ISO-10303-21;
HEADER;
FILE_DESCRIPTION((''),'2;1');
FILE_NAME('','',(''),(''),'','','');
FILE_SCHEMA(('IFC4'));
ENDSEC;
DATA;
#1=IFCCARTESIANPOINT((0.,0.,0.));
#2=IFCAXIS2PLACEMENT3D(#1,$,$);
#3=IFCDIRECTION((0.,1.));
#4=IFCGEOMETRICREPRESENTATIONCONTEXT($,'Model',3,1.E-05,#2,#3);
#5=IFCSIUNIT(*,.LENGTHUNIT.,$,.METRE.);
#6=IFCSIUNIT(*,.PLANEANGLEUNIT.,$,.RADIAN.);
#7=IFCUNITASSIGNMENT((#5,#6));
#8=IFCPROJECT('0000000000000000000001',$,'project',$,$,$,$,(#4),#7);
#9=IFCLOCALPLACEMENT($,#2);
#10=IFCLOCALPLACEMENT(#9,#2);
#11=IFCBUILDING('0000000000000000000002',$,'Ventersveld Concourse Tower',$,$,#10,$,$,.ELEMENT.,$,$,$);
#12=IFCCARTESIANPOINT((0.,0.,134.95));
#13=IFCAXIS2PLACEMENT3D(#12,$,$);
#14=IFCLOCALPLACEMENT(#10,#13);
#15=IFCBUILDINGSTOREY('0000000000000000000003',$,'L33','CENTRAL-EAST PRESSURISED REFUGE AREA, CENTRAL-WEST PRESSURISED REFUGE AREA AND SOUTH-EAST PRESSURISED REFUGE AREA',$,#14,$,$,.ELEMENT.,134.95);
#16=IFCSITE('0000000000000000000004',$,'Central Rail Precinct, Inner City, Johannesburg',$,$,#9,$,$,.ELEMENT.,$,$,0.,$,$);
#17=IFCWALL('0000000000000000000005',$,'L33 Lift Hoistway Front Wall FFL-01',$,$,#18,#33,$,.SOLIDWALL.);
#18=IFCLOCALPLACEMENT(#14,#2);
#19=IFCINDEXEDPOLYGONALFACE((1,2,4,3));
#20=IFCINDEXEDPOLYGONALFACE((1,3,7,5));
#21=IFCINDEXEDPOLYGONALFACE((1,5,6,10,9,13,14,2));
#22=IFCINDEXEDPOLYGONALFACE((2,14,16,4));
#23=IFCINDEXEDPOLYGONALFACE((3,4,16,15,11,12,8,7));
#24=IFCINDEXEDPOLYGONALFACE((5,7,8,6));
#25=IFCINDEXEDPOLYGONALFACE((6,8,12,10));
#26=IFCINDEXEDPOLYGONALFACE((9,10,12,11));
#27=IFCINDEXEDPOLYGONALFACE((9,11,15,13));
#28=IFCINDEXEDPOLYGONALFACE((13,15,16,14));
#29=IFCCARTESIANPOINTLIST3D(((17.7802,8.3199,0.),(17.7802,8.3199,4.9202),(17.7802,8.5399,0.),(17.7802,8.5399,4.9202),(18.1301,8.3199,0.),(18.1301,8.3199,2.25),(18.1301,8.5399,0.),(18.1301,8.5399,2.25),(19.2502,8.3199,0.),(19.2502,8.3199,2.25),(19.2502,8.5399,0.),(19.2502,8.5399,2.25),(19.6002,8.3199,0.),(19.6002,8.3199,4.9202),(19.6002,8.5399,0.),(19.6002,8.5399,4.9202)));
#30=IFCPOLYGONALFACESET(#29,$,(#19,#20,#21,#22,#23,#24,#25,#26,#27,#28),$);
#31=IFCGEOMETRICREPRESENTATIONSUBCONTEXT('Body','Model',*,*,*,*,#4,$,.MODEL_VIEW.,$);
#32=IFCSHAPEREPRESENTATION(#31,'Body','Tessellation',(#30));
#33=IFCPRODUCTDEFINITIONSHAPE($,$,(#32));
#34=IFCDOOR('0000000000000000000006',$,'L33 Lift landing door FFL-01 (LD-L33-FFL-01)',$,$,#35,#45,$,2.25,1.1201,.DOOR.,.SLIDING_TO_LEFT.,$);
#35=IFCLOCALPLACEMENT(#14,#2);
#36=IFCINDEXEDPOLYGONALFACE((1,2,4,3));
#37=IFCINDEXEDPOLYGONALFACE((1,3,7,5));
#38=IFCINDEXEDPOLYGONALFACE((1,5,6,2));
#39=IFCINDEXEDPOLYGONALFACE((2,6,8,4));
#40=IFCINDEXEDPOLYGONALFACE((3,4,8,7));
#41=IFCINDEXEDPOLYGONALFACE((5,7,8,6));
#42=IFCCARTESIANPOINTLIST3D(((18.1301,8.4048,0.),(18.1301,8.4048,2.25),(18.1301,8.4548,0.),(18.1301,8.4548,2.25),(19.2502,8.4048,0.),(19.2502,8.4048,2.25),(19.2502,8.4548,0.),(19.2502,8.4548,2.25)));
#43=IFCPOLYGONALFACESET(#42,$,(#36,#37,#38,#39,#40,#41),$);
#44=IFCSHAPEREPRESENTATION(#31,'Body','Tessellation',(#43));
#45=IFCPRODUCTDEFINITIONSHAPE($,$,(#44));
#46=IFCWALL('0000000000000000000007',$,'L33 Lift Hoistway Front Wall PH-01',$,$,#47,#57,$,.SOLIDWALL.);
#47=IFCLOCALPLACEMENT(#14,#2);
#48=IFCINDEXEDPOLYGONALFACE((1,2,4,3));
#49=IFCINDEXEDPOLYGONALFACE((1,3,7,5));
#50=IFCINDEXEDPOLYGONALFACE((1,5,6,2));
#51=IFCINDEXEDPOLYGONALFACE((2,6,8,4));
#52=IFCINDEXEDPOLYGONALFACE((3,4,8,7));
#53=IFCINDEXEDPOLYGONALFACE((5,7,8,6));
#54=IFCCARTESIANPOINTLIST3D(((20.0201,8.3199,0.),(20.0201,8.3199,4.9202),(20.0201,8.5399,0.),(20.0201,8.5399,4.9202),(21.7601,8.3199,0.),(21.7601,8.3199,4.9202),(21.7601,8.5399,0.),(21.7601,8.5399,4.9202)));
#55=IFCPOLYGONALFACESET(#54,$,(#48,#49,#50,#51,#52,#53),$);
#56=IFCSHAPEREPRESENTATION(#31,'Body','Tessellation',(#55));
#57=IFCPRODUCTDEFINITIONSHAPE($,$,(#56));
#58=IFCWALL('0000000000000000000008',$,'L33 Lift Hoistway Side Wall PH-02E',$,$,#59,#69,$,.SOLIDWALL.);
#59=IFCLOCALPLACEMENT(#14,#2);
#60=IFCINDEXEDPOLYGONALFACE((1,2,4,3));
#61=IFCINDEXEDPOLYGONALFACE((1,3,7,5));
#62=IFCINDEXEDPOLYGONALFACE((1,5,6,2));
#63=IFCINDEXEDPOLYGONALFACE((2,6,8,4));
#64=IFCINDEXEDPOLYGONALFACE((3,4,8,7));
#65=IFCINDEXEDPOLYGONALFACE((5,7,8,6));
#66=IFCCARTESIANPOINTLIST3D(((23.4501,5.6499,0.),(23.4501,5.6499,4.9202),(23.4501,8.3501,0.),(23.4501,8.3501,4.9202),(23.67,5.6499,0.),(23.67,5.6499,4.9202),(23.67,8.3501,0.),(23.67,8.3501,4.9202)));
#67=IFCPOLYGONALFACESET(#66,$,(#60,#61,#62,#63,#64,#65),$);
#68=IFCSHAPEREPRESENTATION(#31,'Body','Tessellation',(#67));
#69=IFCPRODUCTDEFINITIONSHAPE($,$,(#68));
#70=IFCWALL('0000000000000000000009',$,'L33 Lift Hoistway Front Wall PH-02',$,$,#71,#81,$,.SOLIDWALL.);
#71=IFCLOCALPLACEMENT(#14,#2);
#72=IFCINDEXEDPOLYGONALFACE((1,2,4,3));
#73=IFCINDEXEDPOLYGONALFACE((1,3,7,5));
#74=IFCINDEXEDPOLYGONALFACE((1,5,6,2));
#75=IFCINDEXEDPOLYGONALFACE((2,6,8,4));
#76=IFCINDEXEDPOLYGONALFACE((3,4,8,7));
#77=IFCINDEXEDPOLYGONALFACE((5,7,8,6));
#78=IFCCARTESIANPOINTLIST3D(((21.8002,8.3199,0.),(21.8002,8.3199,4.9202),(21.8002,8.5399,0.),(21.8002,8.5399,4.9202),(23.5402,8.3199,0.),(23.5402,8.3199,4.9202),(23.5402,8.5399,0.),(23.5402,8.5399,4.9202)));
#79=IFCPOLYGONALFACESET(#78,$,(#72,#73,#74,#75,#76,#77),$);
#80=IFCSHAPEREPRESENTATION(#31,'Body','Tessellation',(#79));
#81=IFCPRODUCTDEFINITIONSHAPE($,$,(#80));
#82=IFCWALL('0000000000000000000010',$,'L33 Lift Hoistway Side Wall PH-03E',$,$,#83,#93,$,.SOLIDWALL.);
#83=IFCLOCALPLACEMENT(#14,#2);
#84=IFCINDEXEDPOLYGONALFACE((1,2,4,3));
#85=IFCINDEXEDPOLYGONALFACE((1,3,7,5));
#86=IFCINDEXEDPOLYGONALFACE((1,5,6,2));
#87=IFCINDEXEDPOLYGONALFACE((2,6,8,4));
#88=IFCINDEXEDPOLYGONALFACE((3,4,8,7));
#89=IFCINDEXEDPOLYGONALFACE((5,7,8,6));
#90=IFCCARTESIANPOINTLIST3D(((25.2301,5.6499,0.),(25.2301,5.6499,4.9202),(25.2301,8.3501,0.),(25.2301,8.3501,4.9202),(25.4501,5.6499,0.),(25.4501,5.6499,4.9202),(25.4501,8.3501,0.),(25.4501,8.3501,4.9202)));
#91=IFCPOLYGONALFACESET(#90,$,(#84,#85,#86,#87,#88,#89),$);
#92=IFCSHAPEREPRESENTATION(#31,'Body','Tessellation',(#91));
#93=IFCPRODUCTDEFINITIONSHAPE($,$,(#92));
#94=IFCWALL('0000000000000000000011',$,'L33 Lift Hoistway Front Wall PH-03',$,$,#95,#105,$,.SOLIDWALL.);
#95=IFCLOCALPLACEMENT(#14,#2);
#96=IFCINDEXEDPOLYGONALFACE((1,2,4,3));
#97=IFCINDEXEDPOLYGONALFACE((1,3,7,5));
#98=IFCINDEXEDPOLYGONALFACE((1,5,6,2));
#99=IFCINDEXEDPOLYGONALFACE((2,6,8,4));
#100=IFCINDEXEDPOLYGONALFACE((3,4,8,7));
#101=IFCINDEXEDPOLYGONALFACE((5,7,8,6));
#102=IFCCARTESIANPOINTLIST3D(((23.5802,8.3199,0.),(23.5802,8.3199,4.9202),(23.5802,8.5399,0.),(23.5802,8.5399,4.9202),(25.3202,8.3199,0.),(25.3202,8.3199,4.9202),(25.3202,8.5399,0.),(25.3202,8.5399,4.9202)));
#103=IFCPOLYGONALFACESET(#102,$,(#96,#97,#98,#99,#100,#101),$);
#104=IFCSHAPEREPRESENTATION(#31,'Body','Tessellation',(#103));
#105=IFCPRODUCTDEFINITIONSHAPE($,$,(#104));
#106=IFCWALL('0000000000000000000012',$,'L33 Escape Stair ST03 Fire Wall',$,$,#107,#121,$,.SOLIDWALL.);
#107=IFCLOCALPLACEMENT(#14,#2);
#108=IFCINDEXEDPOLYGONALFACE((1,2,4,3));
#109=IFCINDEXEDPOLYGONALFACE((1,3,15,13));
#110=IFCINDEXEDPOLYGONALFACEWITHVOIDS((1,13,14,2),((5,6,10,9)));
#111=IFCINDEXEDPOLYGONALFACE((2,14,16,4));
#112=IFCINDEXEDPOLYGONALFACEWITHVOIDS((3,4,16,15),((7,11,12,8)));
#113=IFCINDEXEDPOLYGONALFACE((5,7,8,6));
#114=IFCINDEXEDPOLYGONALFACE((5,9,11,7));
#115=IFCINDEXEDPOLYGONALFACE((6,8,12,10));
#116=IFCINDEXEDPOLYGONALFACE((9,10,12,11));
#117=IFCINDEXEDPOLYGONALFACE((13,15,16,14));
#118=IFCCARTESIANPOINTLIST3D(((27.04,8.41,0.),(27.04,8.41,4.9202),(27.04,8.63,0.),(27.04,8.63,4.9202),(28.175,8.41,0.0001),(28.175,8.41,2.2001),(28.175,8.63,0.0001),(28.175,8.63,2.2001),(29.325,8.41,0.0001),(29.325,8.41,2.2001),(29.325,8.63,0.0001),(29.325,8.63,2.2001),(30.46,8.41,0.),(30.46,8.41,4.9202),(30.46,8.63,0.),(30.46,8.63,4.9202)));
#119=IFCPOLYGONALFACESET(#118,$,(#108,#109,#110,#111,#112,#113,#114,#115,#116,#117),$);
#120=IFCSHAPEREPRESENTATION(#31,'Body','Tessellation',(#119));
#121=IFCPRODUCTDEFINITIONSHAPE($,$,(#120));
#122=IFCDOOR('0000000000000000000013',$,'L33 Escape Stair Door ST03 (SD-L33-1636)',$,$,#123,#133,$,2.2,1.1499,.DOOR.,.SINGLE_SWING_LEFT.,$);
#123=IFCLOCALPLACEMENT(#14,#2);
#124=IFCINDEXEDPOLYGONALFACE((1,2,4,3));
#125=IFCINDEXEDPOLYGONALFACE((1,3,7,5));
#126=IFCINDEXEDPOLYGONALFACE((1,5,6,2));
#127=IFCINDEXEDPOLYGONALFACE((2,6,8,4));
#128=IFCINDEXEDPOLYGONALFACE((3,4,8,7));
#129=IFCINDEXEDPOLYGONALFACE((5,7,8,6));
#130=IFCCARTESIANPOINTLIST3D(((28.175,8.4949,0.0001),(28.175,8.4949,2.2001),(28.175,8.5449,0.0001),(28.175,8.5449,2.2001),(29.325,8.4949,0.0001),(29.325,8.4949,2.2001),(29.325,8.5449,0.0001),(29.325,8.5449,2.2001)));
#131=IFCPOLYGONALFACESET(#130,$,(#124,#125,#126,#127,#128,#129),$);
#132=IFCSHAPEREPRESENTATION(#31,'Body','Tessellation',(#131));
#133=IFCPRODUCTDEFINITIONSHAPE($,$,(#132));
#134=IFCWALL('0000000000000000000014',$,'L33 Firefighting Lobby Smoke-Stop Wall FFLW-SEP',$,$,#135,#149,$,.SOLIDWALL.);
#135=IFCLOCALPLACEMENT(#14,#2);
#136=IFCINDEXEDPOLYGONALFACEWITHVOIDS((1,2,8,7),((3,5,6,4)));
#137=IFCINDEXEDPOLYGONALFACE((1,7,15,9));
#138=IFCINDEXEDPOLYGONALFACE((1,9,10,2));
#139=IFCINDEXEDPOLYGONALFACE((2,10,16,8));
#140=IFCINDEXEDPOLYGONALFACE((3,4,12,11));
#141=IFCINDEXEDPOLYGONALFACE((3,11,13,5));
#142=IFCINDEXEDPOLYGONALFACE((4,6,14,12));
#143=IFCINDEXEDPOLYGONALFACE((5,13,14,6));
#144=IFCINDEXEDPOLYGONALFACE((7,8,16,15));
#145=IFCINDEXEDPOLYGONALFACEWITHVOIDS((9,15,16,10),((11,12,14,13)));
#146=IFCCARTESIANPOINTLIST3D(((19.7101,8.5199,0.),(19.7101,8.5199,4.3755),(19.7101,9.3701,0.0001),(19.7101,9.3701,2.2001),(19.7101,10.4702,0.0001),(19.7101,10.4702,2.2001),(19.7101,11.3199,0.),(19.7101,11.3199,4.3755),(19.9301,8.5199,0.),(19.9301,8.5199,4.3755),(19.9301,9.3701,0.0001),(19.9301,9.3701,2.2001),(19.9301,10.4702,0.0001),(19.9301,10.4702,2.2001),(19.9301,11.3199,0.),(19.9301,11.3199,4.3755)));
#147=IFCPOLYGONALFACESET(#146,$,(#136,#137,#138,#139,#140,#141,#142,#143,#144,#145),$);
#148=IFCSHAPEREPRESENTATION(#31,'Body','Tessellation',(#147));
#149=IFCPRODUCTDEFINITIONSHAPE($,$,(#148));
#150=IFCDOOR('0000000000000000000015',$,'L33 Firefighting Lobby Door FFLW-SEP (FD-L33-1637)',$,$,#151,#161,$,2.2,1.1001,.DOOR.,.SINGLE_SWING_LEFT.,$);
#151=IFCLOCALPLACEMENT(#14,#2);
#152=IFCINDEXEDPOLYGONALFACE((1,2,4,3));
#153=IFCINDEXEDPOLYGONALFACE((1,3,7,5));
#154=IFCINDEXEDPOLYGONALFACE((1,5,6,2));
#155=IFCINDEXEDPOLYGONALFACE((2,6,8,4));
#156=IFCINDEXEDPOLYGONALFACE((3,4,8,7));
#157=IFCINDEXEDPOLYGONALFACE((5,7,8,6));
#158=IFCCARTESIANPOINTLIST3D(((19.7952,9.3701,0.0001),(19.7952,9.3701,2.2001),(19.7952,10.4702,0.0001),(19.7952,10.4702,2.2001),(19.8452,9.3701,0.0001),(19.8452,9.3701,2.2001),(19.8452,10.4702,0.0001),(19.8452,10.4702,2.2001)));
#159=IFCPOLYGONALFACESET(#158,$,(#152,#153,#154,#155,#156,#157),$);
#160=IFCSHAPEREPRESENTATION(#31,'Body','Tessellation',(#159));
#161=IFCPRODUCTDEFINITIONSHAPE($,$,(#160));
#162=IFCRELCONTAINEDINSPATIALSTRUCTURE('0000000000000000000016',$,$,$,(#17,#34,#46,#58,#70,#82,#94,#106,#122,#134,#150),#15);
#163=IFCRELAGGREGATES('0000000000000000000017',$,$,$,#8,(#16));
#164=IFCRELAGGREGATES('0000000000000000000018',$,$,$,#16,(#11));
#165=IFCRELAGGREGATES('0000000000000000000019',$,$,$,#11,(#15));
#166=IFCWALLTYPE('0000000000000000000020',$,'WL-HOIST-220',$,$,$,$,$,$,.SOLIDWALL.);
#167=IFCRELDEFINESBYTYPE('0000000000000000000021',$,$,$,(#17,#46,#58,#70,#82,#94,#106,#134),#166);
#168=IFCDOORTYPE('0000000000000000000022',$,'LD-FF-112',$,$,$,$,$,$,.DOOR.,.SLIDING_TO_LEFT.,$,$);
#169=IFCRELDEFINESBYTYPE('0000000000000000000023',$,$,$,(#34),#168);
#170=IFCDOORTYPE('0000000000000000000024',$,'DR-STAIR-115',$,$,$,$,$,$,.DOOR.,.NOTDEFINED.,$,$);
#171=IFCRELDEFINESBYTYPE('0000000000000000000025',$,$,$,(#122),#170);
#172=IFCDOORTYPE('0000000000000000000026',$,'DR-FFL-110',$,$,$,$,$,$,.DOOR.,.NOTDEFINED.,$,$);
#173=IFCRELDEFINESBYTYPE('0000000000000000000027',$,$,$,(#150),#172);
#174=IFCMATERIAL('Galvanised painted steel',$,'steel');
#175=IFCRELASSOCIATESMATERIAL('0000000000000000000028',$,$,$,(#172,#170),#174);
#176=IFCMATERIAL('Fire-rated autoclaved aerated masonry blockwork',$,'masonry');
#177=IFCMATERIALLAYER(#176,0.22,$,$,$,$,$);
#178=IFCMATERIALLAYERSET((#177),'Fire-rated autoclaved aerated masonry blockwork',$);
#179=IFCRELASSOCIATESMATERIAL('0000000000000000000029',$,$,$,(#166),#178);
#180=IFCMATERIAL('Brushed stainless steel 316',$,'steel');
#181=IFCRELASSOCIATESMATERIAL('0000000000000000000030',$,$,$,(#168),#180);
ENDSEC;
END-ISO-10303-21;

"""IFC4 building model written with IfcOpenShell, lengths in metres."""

from ifc_helpers import new_model, si_unit, direction, frame, frame_2d, origin, place, context, subcontext, project, spatial, rectangle, extrude, material, layer, layer_set, type_object, element, fill, save


model = new_model("IFC4")

# Units and contexts
model_context = context("Model", 3, precision=1e-05, world=origin(), true_north=direction((0.0, 1.0)))
body_context = subcontext(model_context, "Body", "Model", "MODEL_VIEW")
ifc_project = project(units=[si_unit("LENGTHUNIT", "METRE"), si_unit("PLANEANGLEUNIT", "RADIAN")], contexts=[model_context])

# Site, building, storey
site_placement = place(None, origin())
site = spatial("IfcSite", under=ifc_project, at=site_placement, Name="Central Rail Precinct, Inner City, Johannesburg", CompositionType="ELEMENT", RefElevation=0.0)
building_placement = place(site_placement, origin())
building = spatial("IfcBuilding", under=site, at=building_placement, Name="Ventersveld Concourse Tower", CompositionType="ELEMENT")
storey_placement = place(building_placement, frame((0.0, 0.0, 134.95)))
storey = spatial("IfcBuildingStorey", under=building, at=storey_placement, Name="L33", Description="CENTRAL-EAST PRESSURISED REFUGE AREA, CENTRAL-WEST PRESSURISED REFUGE AREA AND SOUTH-EAST PRESSURISED REFUGE AREA", CompositionType="ELEMENT", Elevation=134.95)

# Wall, opening, door
ifc_material_1 = material(Name="Fire-rated autoclaved aerated masonry blockwork", Category="masonry")
ifc_material_2 = material(Name="Galvanised painted steel", Category="steel")
door_type_1 = type_object("IfcDoorType", Name="DR-FFL-110", OperationType="NOTDEFINED", PredefinedType="DOOR", material=ifc_material_2)
ifc_layer_1 = layer(ifc_material_1, 0.22)
ifc_layer_set_1 = layer_set([ifc_layer_1], Name="Fire-rated autoclaved aerated masonry blockwork")
wall_type_1 = type_object("IfcWallType", Name="WL-HOIST-220", PredefinedType="SOLIDWALL", material=ifc_layer_set_1)
wall_1_placement = place(storey_placement, frame((17.78, 8.4299, 0.0), z_axis=(0.0, 0.0, 1.0), x_axis=(1.0, 0.0, 0.0)))
wall_1 = element("IfcWall", 1, at=wall_1_placement, inside=storey, type_object=wall_type_1, Name="L33 Lift Hoistway Front Wall FFL-01", PredefinedType="SOLIDWALL", context=body_context, shape_type="SweptSolid", body=[
    extrude(rectangle(XDim=1.8201, YDim=0.22, at=frame_2d((0.9102, 0.0))), origin(), (0.0, 0.0, 1.0), 4.9202),
])
opening_1_placement = place(wall_1_placement, frame((0.3501, 0.0, 0.0)))
opening_1 = element("IfcOpeningElement", 2, at=opening_1_placement, cuts=wall_1, PredefinedType="OPENING", context=body_context, shape_type="SweptSolid", body=[
    extrude(rectangle(XDim=1.1201, YDim=2.25, at=frame_2d((0.5601, 1.125))), frame((0.0, 0.1201, 0.0), z_axis=(0.0, -1.0, 0.0), x_axis=(1.0, 0.0, 0.0)), (0.0, 0.0, 1.0), 0.24),
])
ifc_material_3 = material(Name="Brushed stainless steel 316", Category="steel")
door_type_2 = type_object("IfcDoorType", Name="LD-FF-112", OperationType="SLIDING_TO_LEFT", PredefinedType="DOOR", material=ifc_material_3)
door_1_placement = place(opening_1_placement, origin())
door_1 = element("IfcDoor", 3, at=door_1_placement, inside=storey, type_object=door_type_2, Name="L33 Lift landing door FFL-01 (LD-L33-FFL-01)", OperationType="SLIDING_TO_LEFT", OverallHeight=2.25, OverallWidth=1.1201, PredefinedType="DOOR", context=body_context, shape_type="SweptSolid", body=[
    extrude(rectangle(XDim=1.1201, YDim=2.25, at=frame_2d((0.5601, 1.125))), frame((0.0, 0.0249, 0.0), z_axis=(0.0, -1.0, 0.0), x_axis=(1.0, 0.0, 0.0)), (0.0, 0.0, 1.0), 0.05),
])
fill(opening_1, door_1)

# Walls
wall_2_placement = place(storey_placement, frame((20.02, 8.4299, 0.0), z_axis=(0.0, 0.0, 1.0), x_axis=(1.0, 0.0, 0.0)))
element("IfcWall", 4, at=wall_2_placement, inside=storey, type_object=wall_type_1, Name="L33 Lift Hoistway Front Wall PH-01", PredefinedType="SOLIDWALL", context=body_context, shape_type="SweptSolid", body=[
    extrude(rectangle(XDim=1.74, YDim=0.22, at=frame_2d((0.8701, 0.0))), origin(), (0.0, 0.0, 1.0), 4.9202),
])
wall_3_placement = place(storey_placement, frame((23.5601, 5.6499, 0.0), z_axis=(0.0, 0.0, 1.0), x_axis=(0.0, 1.0, 0.0)))
element("IfcWall", 5, at=wall_3_placement, inside=storey, type_object=wall_type_1, Name="L33 Lift Hoistway Side Wall PH-02E", PredefinedType="SOLIDWALL", context=body_context, shape_type="SweptSolid", body=[
    extrude(rectangle(XDim=2.7002, YDim=0.22, at=frame_2d((1.3501, 0.0))), origin(), (0.0, 0.0, 1.0), 4.9202),
])
wall_4_placement = place(storey_placement, frame((21.8, 8.4299, 0.0), z_axis=(0.0, 0.0, 1.0), x_axis=(1.0, 0.0, 0.0)))
element("IfcWall", 6, at=wall_4_placement, inside=storey, type_object=wall_type_1, Name="L33 Lift Hoistway Front Wall PH-02", PredefinedType="SOLIDWALL", context=body_context, shape_type="SweptSolid", body=[
    extrude(rectangle(XDim=1.74, YDim=0.22, at=frame_2d((0.8701, 0.0))), origin(), (0.0, 0.0, 1.0), 4.9202),
])
wall_5_placement = place(storey_placement, frame((25.3401, 5.6499, 0.0), z_axis=(0.0, 0.0, 1.0), x_axis=(0.0, 1.0, 0.0)))
element("IfcWall", 7, at=wall_5_placement, inside=storey, type_object=wall_type_1, Name="L33 Lift Hoistway Side Wall PH-03E", PredefinedType="SOLIDWALL", context=body_context, shape_type="SweptSolid", body=[
    extrude(rectangle(XDim=2.7002, YDim=0.22, at=frame_2d((1.3501, 0.0))), origin(), (0.0, 0.0, 1.0), 4.9202),
])
wall_6_placement = place(storey_placement, frame((23.5801, 8.4299, 0.0), z_axis=(0.0, 0.0, 1.0), x_axis=(1.0, 0.0, 0.0)))
element("IfcWall", 8, at=wall_6_placement, inside=storey, type_object=wall_type_1, Name="L33 Lift Hoistway Front Wall PH-03", PredefinedType="SOLIDWALL", context=body_context, shape_type="SweptSolid", body=[
    extrude(rectangle(XDim=1.74, YDim=0.22, at=frame_2d((0.8701, 0.0))), origin(), (0.0, 0.0, 1.0), 4.9202),
])

# Walls, openings, doors
wall_7_placement = place(storey_placement, frame((27.04, 8.52, 0.0), z_axis=(0.0, 0.0, 1.0), x_axis=(1.0, 0.0, 0.0)))
wall_7 = element("IfcWall", 9, at=wall_7_placement, inside=storey, type_object=wall_type_1, Name="L33 Escape Stair ST03 Fire Wall", PredefinedType="SOLIDWALL", context=body_context, shape_type="SweptSolid", body=[
    extrude(rectangle(XDim=3.4199, YDim=0.22, at=frame_2d((1.71, 0.0))), origin(), (0.0, 0.0, 1.0), 4.9202),
])
opening_2_placement = place(wall_7_placement, frame((1.135, 0.0, 0.0)))
opening_2 = element("IfcOpeningElement", 10, at=opening_2_placement, cuts=wall_7, PredefinedType="OPENING", context=body_context, shape_type="SweptSolid", body=[
    extrude(rectangle(XDim=1.1499, YDim=2.2, at=frame_2d((0.575, 1.1001))), frame((0.0, 0.1201, 0.0), z_axis=(0.0, -1.0, 0.0), x_axis=(1.0, 0.0, 0.0)), (0.0, 0.0, 1.0), 0.24),
])
door_type_3 = type_object("IfcDoorType", Name="DR-STAIR-115", OperationType="NOTDEFINED", PredefinedType="DOOR", material=ifc_material_2)
door_2_placement = place(opening_2_placement, origin())
door_2 = element("IfcDoor", 11, at=door_2_placement, inside=storey, type_object=door_type_3, Name="L33 Escape Stair Door ST03 (SD-L33-1636)", OperationType="SINGLE_SWING_LEFT", OverallHeight=2.2, OverallWidth=1.1499, PredefinedType="DOOR", context=body_context, shape_type="SweptSolid", body=[
    extrude(rectangle(XDim=1.1499, YDim=2.2, at=frame_2d((0.575, 1.1001))), frame((0.0, 0.0249, 0.0), z_axis=(0.0, -1.0, 0.0), x_axis=(1.0, 0.0, 0.0)), (0.0, 0.0, 1.0), 0.05),
])
fill(opening_2, door_2)
wall_8_placement = place(storey_placement, frame((19.8201, 8.52, 0.0), z_axis=(0.0, 0.0, 1.0), x_axis=(0.0, 1.0, 0.0)))
wall_8 = element("IfcWall", 12, at=wall_8_placement, inside=storey, type_object=wall_type_1, Name="L33 Firefighting Lobby Smoke-Stop Wall FFLW-SEP", PredefinedType="SOLIDWALL", context=body_context, shape_type="SweptSolid", body=[
    extrude(rectangle(XDim=2.8, YDim=0.22, at=frame_2d((1.3999, 0.0))), origin(), (0.0, 0.0, 1.0), 4.3755),
])
opening_3_placement = place(wall_8_placement, frame((0.8501, 0.0, 0.0)))
opening_3 = element("IfcOpeningElement", 13, at=opening_3_placement, cuts=wall_8, PredefinedType="OPENING", context=body_context, shape_type="SweptSolid", body=[
    extrude(rectangle(XDim=1.1001, YDim=2.2, at=frame_2d((0.55, 1.1001))), frame((0.0, 0.1201, 0.0), z_axis=(0.0, -1.0, 0.0), x_axis=(1.0, 0.0, 0.0)), (0.0, 0.0, 1.0), 0.24),
])
door_3_placement = place(opening_3_placement, origin())
door_3 = element("IfcDoor", 14, at=door_3_placement, inside=storey, type_object=door_type_1, Name="L33 Firefighting Lobby Door FFLW-SEP (FD-L33-1637)", OperationType="SINGLE_SWING_LEFT", OverallHeight=2.2, OverallWidth=1.1001, PredefinedType="DOOR", context=body_context, shape_type="SweptSolid", body=[
    extrude(rectangle(XDim=1.1001, YDim=2.2, at=frame_2d((0.55, 1.1001))), frame((0.0, 0.0249, 0.0), z_axis=(0.0, -1.0, 0.0), x_axis=(1.0, 0.0, 0.0)), (0.0, 0.0, 1.0), 0.05),
])
fill(opening_3, door_3)

save(model, "model.ifc")
